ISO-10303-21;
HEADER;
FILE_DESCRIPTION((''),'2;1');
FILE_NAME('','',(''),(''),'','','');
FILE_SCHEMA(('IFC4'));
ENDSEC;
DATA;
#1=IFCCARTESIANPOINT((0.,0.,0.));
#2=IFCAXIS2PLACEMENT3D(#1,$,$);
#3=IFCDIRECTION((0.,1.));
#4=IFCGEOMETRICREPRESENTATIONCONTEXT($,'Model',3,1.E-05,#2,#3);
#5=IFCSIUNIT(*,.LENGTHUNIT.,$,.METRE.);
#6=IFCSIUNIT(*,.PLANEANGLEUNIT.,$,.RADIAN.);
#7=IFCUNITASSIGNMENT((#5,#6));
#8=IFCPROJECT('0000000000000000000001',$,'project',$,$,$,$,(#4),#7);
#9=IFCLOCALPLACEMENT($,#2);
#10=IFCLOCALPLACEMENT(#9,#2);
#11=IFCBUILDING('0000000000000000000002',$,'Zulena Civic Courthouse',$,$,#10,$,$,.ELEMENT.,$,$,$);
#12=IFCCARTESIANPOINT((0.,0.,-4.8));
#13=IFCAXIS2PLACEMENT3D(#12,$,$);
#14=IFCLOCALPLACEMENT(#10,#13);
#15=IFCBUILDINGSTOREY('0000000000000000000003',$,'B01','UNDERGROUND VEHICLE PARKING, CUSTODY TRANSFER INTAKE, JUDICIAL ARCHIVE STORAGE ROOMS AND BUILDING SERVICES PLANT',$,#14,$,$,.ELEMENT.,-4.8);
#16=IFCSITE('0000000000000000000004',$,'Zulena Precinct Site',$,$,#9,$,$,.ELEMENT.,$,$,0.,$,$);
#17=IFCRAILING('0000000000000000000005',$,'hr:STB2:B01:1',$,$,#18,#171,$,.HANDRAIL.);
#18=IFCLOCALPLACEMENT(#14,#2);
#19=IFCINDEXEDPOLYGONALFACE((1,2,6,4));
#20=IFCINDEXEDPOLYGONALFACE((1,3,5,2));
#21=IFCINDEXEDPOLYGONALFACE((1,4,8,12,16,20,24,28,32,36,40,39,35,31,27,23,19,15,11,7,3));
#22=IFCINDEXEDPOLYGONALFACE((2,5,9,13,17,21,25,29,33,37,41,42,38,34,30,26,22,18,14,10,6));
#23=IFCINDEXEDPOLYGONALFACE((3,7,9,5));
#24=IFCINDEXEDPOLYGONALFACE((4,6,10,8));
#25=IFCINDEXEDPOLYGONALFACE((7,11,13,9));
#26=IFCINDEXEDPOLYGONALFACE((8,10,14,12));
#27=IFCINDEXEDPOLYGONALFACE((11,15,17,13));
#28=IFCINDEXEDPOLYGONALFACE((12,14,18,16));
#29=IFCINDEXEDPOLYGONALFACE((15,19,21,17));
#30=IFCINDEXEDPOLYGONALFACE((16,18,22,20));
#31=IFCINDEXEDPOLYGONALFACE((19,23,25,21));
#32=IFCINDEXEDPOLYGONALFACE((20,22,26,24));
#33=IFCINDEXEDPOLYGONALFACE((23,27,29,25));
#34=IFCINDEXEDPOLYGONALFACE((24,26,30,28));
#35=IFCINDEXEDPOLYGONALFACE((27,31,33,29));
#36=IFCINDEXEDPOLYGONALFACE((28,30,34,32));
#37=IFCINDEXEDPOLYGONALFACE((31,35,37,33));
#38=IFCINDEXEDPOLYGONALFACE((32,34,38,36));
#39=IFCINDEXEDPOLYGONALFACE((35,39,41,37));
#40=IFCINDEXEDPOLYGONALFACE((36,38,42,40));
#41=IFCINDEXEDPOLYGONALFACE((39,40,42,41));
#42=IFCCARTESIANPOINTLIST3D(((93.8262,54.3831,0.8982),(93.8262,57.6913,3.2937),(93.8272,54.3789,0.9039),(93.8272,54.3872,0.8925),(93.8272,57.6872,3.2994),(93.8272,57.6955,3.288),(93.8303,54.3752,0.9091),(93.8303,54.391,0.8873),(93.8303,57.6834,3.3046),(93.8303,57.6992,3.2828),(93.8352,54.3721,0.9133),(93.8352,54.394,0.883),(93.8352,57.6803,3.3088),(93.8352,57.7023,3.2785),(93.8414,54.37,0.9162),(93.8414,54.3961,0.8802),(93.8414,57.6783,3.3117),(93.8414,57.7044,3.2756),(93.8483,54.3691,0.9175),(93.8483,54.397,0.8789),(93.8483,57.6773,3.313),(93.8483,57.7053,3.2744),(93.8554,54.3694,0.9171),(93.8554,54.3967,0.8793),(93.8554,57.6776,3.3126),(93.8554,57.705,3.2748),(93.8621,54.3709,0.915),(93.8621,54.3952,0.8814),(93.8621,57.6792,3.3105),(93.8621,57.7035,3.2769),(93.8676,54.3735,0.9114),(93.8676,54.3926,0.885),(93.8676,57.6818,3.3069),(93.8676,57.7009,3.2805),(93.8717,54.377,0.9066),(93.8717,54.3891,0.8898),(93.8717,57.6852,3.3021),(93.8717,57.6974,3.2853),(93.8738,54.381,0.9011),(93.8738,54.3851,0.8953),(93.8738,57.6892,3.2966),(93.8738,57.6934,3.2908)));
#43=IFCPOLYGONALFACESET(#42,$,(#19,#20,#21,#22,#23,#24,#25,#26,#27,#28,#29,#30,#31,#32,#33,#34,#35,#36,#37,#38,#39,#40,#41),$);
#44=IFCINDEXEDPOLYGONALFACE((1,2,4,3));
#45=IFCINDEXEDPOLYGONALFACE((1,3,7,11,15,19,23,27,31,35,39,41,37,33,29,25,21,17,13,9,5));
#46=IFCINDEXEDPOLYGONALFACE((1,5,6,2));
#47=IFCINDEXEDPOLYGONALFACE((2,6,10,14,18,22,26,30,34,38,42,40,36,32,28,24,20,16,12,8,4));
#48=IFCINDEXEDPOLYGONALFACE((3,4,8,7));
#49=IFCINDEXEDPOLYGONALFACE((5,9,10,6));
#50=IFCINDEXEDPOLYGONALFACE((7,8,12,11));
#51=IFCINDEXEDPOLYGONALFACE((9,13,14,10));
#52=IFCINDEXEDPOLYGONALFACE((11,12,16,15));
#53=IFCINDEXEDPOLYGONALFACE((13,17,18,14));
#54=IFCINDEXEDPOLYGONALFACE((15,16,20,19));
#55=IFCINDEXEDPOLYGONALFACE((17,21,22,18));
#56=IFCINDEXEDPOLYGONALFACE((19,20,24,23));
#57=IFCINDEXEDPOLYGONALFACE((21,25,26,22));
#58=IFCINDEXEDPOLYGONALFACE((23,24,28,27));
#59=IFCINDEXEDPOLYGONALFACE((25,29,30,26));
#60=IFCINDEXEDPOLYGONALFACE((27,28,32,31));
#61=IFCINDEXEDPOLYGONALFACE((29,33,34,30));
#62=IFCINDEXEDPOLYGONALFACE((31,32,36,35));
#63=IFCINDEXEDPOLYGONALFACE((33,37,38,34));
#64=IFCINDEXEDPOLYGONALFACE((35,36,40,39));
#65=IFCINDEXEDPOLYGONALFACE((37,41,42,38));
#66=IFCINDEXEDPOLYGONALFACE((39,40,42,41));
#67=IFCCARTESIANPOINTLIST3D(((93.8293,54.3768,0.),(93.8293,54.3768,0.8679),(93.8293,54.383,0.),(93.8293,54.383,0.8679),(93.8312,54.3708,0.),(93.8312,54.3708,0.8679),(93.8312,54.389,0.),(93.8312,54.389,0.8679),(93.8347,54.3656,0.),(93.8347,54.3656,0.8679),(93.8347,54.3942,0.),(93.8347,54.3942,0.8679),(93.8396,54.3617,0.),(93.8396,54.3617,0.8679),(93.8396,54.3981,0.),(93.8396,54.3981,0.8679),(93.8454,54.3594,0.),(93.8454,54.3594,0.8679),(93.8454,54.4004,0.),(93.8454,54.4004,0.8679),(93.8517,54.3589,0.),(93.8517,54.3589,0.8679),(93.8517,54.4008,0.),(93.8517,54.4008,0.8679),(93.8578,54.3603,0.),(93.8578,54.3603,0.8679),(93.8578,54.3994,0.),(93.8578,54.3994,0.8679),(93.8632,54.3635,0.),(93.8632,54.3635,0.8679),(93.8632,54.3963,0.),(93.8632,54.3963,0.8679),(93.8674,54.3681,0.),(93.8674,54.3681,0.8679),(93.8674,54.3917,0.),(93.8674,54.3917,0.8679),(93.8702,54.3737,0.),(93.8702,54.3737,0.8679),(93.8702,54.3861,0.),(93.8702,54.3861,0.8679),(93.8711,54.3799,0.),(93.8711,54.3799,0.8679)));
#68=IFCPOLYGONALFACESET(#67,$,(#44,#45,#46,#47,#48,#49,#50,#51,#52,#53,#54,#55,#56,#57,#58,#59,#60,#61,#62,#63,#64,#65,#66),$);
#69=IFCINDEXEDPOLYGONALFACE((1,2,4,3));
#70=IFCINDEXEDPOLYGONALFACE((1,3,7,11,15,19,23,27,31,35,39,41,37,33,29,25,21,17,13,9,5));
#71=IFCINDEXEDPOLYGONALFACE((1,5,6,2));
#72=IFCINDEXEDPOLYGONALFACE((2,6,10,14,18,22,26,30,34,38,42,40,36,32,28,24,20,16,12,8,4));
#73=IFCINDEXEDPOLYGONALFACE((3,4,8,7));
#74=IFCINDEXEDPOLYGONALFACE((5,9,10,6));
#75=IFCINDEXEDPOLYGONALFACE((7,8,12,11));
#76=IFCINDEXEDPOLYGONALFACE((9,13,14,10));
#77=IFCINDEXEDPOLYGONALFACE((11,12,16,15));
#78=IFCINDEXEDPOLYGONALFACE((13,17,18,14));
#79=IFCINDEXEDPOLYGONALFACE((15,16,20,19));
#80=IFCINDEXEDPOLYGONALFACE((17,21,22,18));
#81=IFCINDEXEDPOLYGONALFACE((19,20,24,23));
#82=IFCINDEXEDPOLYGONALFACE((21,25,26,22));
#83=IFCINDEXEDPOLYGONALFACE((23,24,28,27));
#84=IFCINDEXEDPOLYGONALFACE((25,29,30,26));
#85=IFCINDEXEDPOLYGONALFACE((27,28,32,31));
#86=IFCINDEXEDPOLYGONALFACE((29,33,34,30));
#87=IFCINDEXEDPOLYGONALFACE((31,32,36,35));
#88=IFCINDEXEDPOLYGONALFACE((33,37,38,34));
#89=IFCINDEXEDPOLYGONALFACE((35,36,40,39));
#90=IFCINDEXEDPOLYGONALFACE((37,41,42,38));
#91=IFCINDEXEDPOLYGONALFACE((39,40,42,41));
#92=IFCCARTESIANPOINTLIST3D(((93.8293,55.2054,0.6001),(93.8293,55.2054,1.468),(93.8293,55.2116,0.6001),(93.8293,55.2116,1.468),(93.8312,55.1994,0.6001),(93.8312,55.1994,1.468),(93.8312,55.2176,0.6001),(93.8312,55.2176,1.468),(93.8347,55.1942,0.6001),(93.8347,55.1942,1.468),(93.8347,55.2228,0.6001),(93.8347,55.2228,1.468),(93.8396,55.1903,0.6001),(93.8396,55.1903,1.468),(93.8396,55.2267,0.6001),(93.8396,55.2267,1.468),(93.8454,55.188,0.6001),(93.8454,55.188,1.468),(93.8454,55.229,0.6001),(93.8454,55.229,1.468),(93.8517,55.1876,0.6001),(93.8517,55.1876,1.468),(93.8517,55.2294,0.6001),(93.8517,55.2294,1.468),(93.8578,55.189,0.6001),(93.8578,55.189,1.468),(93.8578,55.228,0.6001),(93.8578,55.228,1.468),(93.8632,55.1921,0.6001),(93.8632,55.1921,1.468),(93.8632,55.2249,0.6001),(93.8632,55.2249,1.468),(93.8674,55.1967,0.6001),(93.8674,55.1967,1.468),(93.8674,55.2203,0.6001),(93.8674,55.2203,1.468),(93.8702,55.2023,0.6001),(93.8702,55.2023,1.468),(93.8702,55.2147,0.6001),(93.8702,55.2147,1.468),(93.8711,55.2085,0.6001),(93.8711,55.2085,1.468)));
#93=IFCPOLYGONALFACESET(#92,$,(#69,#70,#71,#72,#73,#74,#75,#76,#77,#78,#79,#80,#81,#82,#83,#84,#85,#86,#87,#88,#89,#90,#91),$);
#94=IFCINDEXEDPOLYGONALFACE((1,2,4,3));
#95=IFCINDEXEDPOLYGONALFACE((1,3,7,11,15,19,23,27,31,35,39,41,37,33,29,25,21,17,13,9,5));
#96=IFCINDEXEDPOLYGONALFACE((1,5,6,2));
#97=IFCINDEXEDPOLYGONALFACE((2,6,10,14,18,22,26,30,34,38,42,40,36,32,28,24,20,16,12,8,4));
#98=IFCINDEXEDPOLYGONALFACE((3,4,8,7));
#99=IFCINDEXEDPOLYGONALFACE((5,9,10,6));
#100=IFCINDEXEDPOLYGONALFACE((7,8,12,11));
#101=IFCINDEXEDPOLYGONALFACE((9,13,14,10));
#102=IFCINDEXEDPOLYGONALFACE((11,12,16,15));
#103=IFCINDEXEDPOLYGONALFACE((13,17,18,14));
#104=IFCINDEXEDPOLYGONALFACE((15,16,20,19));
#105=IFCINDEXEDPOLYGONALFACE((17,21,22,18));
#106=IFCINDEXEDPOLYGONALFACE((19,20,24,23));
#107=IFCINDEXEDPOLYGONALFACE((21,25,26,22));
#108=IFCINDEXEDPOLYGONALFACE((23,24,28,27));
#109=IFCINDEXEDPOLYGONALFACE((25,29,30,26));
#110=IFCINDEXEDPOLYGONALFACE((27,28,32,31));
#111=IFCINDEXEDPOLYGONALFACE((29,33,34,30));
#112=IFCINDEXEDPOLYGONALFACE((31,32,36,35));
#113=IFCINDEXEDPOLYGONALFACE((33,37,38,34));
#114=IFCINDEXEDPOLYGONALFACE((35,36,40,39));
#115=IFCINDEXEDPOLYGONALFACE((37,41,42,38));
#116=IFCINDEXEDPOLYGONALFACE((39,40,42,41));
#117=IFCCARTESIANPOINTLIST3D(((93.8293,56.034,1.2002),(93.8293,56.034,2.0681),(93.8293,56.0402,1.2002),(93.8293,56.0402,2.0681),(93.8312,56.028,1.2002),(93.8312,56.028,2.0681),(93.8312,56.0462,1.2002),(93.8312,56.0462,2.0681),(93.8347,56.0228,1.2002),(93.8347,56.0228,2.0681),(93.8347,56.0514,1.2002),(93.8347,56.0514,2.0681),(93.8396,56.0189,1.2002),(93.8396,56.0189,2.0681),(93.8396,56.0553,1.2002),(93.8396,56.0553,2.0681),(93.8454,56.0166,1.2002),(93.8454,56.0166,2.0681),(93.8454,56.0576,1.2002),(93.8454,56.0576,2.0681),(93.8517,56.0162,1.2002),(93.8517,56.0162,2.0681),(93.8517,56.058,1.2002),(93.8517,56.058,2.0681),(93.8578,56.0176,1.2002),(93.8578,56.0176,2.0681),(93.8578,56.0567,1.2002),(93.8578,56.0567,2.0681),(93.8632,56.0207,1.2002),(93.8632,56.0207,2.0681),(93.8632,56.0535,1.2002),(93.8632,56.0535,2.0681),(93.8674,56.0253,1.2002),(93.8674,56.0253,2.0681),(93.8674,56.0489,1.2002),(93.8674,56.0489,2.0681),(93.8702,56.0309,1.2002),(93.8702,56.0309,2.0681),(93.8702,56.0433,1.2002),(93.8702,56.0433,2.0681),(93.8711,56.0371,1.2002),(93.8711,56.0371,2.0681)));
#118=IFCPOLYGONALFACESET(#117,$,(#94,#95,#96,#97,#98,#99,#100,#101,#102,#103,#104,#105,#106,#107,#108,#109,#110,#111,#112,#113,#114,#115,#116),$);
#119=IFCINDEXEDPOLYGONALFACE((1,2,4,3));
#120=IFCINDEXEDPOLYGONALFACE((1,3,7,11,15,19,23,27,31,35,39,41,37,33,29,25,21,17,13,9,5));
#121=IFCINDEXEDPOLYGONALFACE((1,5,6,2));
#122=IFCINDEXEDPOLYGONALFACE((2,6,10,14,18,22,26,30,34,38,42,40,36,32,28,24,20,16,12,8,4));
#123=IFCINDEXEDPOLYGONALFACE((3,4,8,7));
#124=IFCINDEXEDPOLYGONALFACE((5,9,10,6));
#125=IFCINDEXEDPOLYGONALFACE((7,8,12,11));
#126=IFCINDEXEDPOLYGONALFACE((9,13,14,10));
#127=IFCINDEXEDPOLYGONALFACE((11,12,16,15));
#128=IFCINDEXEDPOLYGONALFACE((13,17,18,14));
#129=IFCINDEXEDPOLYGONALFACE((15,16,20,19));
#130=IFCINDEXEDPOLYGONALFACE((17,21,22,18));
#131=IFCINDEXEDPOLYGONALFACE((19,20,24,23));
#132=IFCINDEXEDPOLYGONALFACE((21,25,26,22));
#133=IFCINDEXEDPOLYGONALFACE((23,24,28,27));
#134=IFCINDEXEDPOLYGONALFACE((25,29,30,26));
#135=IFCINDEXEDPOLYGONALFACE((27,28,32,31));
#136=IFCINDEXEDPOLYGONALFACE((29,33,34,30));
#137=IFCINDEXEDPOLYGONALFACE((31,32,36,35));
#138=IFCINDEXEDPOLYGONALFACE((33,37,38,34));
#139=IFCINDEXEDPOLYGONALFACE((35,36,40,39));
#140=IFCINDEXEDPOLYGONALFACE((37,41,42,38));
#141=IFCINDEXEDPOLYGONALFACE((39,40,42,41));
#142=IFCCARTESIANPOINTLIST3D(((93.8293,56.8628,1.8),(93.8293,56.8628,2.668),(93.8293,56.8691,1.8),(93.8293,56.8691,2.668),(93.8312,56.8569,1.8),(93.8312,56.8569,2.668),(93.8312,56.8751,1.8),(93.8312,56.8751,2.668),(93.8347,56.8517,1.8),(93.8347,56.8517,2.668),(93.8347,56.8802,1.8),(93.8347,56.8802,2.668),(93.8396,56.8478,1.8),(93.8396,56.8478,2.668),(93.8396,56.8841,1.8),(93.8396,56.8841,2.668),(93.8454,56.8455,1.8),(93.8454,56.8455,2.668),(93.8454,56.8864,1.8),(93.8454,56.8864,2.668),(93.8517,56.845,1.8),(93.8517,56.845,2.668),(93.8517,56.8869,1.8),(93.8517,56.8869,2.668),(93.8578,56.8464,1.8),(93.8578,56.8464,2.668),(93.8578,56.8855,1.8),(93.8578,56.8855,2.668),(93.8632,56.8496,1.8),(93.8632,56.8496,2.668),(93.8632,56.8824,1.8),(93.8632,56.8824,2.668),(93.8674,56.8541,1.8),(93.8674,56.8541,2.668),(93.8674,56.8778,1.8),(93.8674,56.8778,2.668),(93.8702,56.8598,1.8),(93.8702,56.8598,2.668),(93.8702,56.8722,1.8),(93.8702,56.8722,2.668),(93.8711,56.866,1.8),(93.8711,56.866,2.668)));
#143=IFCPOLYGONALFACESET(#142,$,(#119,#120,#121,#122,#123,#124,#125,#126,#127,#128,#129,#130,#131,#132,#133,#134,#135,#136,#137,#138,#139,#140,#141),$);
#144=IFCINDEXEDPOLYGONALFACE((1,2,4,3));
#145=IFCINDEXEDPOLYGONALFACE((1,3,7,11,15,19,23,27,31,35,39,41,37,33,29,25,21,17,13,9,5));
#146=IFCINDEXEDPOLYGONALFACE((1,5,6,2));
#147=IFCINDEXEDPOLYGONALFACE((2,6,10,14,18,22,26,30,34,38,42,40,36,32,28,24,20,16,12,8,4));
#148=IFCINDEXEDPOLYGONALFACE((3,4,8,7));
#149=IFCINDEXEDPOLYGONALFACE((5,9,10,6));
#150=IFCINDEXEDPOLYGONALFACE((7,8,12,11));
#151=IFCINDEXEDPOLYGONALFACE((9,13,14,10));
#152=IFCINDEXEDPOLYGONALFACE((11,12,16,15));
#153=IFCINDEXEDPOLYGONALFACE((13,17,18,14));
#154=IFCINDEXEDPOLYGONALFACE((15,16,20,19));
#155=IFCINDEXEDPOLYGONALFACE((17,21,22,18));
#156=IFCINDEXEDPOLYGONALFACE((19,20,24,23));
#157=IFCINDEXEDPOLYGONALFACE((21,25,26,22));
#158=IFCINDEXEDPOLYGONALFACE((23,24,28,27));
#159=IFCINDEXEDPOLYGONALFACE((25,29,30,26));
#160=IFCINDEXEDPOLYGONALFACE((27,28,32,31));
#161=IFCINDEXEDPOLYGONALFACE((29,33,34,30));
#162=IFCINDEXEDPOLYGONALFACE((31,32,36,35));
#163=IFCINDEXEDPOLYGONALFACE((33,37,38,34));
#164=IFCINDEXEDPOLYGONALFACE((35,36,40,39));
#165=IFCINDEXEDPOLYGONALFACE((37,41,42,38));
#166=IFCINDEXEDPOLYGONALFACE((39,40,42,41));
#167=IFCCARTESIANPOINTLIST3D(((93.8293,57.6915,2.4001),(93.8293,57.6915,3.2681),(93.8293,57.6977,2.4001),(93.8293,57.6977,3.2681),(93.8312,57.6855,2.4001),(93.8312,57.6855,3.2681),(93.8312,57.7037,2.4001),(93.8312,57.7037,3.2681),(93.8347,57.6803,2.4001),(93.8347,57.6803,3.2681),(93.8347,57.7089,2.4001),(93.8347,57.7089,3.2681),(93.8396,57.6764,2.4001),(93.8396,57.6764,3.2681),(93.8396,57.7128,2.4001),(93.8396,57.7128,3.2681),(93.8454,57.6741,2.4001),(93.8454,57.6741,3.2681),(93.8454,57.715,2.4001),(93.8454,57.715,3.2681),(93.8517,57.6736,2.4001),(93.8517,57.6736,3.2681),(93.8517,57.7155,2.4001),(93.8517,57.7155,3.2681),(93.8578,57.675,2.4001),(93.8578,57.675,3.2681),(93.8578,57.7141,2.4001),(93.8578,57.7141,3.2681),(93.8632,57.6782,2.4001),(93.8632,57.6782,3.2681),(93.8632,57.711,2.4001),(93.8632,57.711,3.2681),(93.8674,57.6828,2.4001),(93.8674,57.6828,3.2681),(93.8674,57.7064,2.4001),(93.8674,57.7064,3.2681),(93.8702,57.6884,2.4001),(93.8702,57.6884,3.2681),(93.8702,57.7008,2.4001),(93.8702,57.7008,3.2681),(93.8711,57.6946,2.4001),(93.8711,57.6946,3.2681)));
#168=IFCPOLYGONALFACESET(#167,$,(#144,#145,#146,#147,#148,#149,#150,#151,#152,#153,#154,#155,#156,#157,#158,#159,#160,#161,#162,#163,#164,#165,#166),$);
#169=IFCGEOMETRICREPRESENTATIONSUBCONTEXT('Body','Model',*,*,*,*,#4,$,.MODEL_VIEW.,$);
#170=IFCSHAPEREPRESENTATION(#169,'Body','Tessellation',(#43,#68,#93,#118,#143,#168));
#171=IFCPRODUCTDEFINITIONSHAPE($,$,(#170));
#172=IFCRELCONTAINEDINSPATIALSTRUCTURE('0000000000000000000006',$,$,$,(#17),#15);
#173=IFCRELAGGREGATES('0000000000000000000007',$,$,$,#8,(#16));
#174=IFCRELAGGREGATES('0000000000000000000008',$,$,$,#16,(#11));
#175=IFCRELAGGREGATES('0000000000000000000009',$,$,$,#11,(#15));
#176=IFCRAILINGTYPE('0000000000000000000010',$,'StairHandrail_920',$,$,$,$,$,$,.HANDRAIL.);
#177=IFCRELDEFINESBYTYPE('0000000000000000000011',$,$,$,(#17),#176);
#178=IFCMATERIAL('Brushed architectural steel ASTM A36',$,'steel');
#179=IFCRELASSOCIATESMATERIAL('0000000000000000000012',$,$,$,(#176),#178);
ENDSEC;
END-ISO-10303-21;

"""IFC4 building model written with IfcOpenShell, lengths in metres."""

from ifc_helpers import new_model, si_unit, direction, frame, origin, origin_2d, place, context, subcontext, project, spatial, circle, extrude, material, type_object, element, save


model = new_model("IFC4")

# Units and contexts
model_context = context("Model", 3, precision=1e-05, world=origin(), true_north=direction((0.0, 1.0)))
body_context = subcontext(model_context, "Body", "Model", "MODEL_VIEW")
ifc_project = project(units=[si_unit("LENGTHUNIT", "METRE"), si_unit("PLANEANGLEUNIT", "RADIAN")], contexts=[model_context])

# Site, building, storey
site_placement = place(None, origin())
site = spatial("IfcSite", under=ifc_project, at=site_placement, Name="Zulena Precinct Site", CompositionType="ELEMENT", RefElevation=0.0)
building_placement = place(site_placement, origin())
building = spatial("IfcBuilding", under=site, at=building_placement, Name="Zulena Civic Courthouse", CompositionType="ELEMENT")
storey_placement = place(building_placement, frame((0.0, 0.0, -4.8)))
storey = spatial("IfcBuildingStorey", under=building, at=storey_placement, Name="B01", Description="UNDERGROUND VEHICLE PARKING, CUSTODY TRANSFER INTAKE, JUDICIAL ARCHIVE STORAGE ROOMS AND BUILDING SERVICES PLANT", CompositionType="ELEMENT", Elevation=-4.8)

# Railing
ifc_material_1 = material(Name="Brushed architectural steel ASTM A36", Category="steel")
railing_type_1 = type_object("IfcRailingType", Name="StairHandrail_920", PredefinedType="HANDRAIL", material=ifc_material_1)
railing_1_placement = place(storey_placement, frame((93.8501, 54.3799, 0.0)))
element("IfcRailing", 1, at=railing_1_placement, inside=storey, type_object=railing_type_1, Name="hr:STB2:B01:1", PredefinedType="HANDRAIL", context=body_context, shape_type="SweptSolid", body=[
    extrude(circle(Radius=0.0239, at=origin_2d()), frame((0.0, 0.0032, 0.8982), z_axis=(0.0, 0.80996, 0.586486), x_axis=(-1.0, 0.0, 0.0)), (0.0, 0.0, 1.0), 4.0845),
    extrude(circle(Radius=0.021, at=origin_2d()), origin(), (0.0, 0.0, 1.0), 0.8679),
    extrude(circle(Radius=0.021, at=origin_2d()), frame((0.0, 0.8286, 0.6001)), (0.0, 0.0, 1.0), 0.8679),
    extrude(circle(Radius=0.021, at=origin_2d()), frame((0.0, 1.6572, 1.2002)), (0.0, 0.0, 1.0), 0.8679),
    extrude(circle(Radius=0.021, at=origin_2d()), frame((0.0, 2.4861, 1.8)), (0.0, 0.0, 1.0), 0.8679),
    extrude(circle(Radius=0.021, at=origin_2d()), frame((0.0, 3.3147, 2.4001)), (0.0, 0.0, 1.0), 0.8679),
])

save(model, "model.ifc")
